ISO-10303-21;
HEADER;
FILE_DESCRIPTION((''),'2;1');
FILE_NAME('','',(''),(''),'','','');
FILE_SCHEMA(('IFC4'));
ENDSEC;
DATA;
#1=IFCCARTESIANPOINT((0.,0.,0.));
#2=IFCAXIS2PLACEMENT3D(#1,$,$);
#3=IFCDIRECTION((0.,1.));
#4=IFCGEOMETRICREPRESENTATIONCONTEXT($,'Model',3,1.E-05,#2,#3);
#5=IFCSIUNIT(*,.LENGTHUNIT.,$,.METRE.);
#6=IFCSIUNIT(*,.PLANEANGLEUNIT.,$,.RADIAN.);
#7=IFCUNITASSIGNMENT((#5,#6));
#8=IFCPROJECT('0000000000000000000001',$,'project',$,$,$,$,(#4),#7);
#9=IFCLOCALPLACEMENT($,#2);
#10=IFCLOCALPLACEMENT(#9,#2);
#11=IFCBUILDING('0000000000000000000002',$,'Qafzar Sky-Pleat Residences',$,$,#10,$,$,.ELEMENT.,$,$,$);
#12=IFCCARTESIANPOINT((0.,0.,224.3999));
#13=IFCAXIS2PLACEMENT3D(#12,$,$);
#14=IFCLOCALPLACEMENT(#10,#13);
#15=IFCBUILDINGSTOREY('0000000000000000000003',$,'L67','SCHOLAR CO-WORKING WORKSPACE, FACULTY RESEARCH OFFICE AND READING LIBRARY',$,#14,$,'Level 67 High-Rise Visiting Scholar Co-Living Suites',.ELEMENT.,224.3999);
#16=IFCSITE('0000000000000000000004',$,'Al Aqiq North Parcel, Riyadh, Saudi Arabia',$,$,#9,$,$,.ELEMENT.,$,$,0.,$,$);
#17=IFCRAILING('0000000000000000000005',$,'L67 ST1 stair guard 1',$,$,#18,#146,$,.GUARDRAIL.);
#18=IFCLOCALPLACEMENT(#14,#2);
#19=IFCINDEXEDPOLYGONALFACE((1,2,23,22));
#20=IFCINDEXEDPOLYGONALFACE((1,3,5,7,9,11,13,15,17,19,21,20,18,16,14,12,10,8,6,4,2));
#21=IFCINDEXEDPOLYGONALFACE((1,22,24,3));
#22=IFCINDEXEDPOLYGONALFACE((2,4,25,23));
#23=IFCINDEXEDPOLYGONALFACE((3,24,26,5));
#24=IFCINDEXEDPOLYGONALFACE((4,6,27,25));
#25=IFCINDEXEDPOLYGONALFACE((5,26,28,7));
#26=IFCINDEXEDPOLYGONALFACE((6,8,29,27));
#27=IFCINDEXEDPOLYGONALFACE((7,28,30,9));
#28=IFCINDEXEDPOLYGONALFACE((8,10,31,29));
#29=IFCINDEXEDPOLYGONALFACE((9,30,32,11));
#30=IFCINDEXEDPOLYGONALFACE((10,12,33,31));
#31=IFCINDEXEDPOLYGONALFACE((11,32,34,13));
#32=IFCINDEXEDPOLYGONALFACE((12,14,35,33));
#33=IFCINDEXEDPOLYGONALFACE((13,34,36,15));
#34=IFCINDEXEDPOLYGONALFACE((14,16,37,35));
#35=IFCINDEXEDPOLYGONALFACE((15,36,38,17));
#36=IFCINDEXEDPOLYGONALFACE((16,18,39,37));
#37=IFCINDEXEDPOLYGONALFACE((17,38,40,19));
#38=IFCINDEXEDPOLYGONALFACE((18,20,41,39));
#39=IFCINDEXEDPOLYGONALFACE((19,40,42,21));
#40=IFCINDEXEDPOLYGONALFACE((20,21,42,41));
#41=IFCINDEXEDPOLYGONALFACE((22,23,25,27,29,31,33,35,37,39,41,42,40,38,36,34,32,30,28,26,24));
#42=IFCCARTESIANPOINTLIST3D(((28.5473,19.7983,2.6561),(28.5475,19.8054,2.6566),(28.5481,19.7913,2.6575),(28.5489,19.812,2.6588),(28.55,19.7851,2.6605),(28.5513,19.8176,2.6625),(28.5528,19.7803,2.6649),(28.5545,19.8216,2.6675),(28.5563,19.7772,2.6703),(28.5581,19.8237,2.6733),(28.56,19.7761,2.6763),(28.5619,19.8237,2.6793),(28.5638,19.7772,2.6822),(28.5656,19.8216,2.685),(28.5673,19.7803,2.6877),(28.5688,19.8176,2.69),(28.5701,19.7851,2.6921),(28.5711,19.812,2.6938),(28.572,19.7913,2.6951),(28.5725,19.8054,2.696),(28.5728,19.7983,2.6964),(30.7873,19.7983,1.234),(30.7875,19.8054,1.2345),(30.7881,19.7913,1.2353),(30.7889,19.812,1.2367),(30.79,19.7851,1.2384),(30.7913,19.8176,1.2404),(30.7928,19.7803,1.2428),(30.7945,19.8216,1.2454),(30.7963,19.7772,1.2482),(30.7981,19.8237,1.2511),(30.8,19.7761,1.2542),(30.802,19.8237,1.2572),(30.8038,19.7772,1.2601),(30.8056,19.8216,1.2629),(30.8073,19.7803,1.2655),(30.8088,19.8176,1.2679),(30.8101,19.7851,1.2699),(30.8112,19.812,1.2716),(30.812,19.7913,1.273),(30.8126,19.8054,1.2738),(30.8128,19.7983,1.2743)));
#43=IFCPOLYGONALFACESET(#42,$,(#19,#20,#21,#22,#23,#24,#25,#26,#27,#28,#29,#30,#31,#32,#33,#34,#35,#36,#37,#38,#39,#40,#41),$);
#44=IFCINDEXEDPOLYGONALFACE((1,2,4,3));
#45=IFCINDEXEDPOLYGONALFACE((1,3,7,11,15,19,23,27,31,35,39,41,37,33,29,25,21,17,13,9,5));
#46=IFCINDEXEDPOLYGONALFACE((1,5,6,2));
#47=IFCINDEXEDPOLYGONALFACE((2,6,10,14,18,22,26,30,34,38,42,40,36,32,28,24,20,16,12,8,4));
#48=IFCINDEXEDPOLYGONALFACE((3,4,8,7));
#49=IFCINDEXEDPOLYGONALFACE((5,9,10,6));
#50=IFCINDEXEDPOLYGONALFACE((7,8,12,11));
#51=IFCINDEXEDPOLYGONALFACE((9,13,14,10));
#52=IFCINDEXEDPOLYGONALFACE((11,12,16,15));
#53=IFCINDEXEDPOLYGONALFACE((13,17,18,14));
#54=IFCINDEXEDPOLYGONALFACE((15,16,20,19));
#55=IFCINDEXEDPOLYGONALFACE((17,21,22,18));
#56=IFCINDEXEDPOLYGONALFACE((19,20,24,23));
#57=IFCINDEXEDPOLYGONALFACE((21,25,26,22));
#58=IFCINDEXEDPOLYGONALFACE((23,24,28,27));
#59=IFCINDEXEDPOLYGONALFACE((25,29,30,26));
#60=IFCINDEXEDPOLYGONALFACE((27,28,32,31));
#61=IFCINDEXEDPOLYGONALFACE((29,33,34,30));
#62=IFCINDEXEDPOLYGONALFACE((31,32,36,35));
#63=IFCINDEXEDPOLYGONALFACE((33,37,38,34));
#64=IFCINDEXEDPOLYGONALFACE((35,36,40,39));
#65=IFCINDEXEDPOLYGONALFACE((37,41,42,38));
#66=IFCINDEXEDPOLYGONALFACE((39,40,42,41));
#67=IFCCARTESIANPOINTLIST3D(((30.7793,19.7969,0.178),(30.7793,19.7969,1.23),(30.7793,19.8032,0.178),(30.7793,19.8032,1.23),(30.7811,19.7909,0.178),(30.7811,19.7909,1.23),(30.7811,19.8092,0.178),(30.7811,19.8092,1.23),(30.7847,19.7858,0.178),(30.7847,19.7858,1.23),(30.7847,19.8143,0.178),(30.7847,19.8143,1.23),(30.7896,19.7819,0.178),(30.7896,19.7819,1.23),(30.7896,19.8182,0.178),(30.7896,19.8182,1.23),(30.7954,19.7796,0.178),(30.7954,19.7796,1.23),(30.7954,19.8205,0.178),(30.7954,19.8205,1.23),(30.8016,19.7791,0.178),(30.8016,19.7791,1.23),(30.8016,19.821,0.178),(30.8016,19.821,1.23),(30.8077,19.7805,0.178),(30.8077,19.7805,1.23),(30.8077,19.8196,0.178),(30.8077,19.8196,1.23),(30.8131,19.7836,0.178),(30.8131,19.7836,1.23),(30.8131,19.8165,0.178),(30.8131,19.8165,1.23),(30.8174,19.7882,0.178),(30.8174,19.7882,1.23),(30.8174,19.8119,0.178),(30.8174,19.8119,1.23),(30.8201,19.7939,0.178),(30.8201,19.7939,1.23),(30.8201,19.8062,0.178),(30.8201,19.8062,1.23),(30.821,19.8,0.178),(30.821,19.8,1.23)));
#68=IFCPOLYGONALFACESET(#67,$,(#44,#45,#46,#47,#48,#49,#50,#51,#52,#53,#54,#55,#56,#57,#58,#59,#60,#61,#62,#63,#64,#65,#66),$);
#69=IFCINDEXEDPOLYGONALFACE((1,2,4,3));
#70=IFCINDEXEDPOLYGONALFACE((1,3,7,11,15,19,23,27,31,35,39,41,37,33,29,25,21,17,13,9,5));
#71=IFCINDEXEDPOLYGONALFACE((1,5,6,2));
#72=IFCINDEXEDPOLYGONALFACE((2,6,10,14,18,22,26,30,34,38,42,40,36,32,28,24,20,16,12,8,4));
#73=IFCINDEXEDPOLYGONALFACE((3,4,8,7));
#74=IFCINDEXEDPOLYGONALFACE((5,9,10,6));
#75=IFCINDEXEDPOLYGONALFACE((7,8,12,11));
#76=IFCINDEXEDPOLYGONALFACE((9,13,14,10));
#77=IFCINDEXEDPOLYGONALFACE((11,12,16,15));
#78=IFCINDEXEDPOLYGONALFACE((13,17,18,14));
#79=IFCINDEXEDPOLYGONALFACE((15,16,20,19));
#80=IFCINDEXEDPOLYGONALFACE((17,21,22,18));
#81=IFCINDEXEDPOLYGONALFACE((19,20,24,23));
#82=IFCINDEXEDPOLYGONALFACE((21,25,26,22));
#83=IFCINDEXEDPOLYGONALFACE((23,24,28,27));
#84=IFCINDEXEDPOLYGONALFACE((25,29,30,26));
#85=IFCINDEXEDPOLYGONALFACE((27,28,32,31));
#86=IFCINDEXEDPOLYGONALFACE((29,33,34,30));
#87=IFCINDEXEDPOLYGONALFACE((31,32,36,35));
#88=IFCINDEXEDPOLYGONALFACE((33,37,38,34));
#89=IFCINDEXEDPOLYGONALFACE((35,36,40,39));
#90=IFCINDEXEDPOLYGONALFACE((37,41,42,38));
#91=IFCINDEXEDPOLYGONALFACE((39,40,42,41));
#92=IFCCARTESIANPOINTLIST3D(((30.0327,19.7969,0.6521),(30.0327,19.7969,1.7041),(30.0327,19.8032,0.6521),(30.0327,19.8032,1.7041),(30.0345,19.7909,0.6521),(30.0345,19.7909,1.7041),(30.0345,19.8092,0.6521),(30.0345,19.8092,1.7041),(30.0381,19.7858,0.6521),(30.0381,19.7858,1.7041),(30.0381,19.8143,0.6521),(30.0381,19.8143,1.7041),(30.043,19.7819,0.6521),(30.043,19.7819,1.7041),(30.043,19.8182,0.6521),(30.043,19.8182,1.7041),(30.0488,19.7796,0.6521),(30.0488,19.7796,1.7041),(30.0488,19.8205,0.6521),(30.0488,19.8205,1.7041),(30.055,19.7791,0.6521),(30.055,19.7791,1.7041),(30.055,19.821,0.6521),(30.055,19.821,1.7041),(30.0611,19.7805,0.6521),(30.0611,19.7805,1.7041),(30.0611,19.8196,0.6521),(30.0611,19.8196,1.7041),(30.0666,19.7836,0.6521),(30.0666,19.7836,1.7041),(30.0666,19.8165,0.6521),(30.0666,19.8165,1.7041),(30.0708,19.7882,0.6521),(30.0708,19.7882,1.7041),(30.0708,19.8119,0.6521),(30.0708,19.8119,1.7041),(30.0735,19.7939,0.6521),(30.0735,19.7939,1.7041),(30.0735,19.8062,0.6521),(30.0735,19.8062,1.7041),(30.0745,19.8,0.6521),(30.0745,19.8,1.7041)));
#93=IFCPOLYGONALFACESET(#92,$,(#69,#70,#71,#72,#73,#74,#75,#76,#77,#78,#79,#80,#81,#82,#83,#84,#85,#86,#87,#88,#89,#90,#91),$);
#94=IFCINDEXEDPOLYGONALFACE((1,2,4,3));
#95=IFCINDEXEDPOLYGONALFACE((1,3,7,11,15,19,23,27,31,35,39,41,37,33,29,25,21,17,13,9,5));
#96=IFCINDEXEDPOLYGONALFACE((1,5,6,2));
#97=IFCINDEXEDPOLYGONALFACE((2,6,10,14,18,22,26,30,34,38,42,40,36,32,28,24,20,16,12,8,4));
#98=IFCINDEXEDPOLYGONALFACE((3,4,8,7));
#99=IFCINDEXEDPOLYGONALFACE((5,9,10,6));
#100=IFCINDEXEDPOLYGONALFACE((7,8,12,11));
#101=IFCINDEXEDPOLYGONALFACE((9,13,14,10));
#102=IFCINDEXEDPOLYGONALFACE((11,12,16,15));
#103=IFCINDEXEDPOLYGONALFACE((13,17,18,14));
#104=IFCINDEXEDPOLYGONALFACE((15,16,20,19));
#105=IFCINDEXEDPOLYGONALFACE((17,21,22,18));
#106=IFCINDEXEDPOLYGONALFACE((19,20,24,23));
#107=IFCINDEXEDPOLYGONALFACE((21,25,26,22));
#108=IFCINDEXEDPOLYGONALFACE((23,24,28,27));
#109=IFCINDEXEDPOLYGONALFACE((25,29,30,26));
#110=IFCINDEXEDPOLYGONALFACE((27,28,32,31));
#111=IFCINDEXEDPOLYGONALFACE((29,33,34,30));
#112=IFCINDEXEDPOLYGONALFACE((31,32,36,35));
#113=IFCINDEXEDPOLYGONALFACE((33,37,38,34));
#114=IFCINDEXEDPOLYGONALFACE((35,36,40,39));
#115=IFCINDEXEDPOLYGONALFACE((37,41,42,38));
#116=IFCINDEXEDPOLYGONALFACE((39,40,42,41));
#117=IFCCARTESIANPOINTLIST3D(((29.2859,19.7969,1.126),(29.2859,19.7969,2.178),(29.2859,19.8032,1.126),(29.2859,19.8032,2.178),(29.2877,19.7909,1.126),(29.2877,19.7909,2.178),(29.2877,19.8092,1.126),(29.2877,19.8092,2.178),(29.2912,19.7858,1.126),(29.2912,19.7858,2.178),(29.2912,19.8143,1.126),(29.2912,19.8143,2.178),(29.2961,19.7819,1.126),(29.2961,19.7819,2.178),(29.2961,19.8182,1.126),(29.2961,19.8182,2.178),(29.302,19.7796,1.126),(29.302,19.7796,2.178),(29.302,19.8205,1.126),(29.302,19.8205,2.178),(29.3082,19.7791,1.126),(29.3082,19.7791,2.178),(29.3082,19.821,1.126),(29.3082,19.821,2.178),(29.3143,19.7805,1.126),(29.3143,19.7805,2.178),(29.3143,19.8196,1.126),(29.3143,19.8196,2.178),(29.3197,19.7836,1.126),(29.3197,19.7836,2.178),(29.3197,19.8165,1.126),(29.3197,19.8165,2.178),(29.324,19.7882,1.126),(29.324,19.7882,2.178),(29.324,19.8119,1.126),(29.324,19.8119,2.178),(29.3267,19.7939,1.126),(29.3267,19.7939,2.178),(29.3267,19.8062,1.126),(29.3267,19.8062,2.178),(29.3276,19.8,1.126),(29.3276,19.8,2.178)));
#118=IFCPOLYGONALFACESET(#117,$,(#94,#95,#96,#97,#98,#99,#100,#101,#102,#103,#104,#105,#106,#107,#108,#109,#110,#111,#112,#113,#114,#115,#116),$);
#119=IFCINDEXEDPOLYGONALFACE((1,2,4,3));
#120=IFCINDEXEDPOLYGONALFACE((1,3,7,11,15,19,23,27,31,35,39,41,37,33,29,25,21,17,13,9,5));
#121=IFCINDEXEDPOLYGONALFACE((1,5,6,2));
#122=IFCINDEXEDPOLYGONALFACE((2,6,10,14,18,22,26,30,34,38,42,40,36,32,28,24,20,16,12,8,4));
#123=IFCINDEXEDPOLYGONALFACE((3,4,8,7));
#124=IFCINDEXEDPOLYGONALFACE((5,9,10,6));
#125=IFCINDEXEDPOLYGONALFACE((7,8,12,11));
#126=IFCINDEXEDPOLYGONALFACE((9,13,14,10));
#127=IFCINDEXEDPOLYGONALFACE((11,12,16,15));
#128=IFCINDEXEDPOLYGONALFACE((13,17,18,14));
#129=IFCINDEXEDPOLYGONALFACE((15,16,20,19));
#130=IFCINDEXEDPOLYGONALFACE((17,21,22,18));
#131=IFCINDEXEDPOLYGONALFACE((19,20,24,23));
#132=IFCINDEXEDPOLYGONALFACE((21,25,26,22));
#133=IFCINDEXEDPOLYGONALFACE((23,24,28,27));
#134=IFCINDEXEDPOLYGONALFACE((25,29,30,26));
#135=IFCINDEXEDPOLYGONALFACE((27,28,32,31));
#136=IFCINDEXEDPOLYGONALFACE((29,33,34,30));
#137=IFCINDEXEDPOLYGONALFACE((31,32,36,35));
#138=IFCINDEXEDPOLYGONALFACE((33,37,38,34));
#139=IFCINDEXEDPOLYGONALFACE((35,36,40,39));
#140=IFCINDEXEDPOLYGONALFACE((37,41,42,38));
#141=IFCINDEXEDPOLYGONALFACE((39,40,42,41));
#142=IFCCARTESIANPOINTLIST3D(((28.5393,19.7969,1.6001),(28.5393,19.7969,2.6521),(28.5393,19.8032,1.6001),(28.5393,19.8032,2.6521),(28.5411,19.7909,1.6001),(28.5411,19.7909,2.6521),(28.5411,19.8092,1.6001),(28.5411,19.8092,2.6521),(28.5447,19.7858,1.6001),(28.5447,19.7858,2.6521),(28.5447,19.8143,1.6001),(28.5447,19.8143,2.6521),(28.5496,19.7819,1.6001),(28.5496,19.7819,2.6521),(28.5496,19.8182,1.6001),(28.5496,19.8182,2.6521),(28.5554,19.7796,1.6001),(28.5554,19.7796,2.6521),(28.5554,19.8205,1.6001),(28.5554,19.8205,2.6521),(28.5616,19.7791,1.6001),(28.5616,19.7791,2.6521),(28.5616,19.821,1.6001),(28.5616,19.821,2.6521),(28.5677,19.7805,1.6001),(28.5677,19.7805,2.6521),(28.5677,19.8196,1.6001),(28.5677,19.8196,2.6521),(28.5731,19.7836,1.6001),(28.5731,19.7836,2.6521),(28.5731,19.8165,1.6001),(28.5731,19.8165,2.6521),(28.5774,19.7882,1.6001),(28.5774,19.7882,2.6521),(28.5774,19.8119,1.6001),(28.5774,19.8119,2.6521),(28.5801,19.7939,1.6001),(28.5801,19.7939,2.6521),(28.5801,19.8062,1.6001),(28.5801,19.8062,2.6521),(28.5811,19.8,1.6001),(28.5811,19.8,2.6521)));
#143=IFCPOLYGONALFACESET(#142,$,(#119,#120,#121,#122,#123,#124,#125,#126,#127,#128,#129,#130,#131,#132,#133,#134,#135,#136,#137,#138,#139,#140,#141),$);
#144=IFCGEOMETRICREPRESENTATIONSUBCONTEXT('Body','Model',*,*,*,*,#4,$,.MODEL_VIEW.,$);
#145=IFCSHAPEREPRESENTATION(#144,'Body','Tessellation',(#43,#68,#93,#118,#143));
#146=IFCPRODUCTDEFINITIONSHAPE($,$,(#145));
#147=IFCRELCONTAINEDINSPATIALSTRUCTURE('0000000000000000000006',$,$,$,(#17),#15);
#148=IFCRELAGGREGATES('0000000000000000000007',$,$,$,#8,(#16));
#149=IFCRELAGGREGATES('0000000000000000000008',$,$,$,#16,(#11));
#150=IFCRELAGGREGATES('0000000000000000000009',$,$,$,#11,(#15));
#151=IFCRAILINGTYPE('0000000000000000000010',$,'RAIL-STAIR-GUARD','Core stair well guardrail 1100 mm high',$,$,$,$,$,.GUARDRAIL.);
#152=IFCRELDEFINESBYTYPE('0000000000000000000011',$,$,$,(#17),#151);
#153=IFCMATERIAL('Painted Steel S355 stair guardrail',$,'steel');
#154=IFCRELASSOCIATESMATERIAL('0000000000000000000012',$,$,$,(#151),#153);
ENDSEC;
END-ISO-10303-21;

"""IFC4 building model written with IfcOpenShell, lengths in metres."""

from ifc_helpers import new_model, si_unit, direction, frame, origin, origin_2d, place, context, subcontext, project, spatial, circle, extrude, source, transform, mapped, material, type_object, element, save


model = new_model("IFC4")

# Units and contexts
model_context = context("Model", 3, precision=1e-05, world=origin(), true_north=direction((0.0, 1.0)))
body_context = subcontext(model_context, "Body", "Model", "MODEL_VIEW")
ifc_project = project(units=[si_unit("LENGTHUNIT", "METRE"), si_unit("PLANEANGLEUNIT", "RADIAN")], contexts=[model_context])

# Site, building, storey
site_placement = place(None, origin())
site = spatial("IfcSite", under=ifc_project, at=site_placement, Name="Al Aqiq North Parcel, Riyadh, Saudi Arabia", CompositionType="ELEMENT", RefElevation=0.0)
building_placement = place(site_placement, origin())
building = spatial("IfcBuilding", under=site, at=building_placement, Name="Qafzar Sky-Pleat Residences", CompositionType="ELEMENT")
storey_placement = place(building_placement, frame((0.0, 0.0, 224.3999)))
storey = spatial("IfcBuildingStorey", under=building, at=storey_placement, Name="L67", Description="SCHOLAR CO-WORKING WORKSPACE, FACULTY RESEARCH OFFICE AND READING LIBRARY", LongName="Level 67 High-Rise Visiting Scholar Co-Living Suites", CompositionType="ELEMENT", Elevation=224.3999)

# Railing
ifc_material_1 = material(Name="Painted Steel S355 stair guardrail", Category="steel")
railing_type_1 = type_object("IfcRailingType", Name="RAIL-STAIR-GUARD", Description="Core stair well guardrail 1100 mm high", PredefinedType="GUARDRAIL", material=ifc_material_1)
shared_shape_1 = source(origin(), body_context, "Body", "SweptSolid", [
    extrude(circle(Radius=0.0239, at=origin_2d()), frame((0.0, 0.0, 1.0762), z_axis=(-0.844229, 0.0, 0.535982), x_axis=(0.0, -1.0, 0.0)), (0.0, 0.0, 1.0), 2.6533),
    extrude(circle(Radius=0.021, at=origin_2d()), origin(), (0.0, 0.0, 1.0), 1.052),
    extrude(circle(Radius=0.021, at=origin_2d()), frame((-0.7466, 0.0, 0.4741)), (0.0, 0.0, 1.0), 1.052),
    extrude(circle(Radius=0.021, at=origin_2d()), frame((-1.4934, 0.0, 0.948)), (0.0, 0.0, 1.0), 1.052),
    extrude(circle(Radius=0.021, at=origin_2d()), frame((-2.24, 0.0, 1.4221)), (0.0, 0.0, 1.0), 1.052),
])
railing_1_placement = place(storey_placement, frame((30.8, 19.8, 0.178)))
element("IfcRailing", 1, at=railing_1_placement, inside=storey, type_object=railing_type_1, Name="L67 ST1 stair guard 1", PredefinedType="GUARDRAIL", context=body_context, shape_type="MappedRepresentation", body=[
    mapped(shared_shape_1, transform((0.0, 0.0, 0.0), x_axis=(1.0, 0.0, 0.0), y_axis=(0.0, 1.0, 0.0), z_axis=(0.0, 0.0, 1.0), scale=1.0)),
])

save(model, "model.ifc")
